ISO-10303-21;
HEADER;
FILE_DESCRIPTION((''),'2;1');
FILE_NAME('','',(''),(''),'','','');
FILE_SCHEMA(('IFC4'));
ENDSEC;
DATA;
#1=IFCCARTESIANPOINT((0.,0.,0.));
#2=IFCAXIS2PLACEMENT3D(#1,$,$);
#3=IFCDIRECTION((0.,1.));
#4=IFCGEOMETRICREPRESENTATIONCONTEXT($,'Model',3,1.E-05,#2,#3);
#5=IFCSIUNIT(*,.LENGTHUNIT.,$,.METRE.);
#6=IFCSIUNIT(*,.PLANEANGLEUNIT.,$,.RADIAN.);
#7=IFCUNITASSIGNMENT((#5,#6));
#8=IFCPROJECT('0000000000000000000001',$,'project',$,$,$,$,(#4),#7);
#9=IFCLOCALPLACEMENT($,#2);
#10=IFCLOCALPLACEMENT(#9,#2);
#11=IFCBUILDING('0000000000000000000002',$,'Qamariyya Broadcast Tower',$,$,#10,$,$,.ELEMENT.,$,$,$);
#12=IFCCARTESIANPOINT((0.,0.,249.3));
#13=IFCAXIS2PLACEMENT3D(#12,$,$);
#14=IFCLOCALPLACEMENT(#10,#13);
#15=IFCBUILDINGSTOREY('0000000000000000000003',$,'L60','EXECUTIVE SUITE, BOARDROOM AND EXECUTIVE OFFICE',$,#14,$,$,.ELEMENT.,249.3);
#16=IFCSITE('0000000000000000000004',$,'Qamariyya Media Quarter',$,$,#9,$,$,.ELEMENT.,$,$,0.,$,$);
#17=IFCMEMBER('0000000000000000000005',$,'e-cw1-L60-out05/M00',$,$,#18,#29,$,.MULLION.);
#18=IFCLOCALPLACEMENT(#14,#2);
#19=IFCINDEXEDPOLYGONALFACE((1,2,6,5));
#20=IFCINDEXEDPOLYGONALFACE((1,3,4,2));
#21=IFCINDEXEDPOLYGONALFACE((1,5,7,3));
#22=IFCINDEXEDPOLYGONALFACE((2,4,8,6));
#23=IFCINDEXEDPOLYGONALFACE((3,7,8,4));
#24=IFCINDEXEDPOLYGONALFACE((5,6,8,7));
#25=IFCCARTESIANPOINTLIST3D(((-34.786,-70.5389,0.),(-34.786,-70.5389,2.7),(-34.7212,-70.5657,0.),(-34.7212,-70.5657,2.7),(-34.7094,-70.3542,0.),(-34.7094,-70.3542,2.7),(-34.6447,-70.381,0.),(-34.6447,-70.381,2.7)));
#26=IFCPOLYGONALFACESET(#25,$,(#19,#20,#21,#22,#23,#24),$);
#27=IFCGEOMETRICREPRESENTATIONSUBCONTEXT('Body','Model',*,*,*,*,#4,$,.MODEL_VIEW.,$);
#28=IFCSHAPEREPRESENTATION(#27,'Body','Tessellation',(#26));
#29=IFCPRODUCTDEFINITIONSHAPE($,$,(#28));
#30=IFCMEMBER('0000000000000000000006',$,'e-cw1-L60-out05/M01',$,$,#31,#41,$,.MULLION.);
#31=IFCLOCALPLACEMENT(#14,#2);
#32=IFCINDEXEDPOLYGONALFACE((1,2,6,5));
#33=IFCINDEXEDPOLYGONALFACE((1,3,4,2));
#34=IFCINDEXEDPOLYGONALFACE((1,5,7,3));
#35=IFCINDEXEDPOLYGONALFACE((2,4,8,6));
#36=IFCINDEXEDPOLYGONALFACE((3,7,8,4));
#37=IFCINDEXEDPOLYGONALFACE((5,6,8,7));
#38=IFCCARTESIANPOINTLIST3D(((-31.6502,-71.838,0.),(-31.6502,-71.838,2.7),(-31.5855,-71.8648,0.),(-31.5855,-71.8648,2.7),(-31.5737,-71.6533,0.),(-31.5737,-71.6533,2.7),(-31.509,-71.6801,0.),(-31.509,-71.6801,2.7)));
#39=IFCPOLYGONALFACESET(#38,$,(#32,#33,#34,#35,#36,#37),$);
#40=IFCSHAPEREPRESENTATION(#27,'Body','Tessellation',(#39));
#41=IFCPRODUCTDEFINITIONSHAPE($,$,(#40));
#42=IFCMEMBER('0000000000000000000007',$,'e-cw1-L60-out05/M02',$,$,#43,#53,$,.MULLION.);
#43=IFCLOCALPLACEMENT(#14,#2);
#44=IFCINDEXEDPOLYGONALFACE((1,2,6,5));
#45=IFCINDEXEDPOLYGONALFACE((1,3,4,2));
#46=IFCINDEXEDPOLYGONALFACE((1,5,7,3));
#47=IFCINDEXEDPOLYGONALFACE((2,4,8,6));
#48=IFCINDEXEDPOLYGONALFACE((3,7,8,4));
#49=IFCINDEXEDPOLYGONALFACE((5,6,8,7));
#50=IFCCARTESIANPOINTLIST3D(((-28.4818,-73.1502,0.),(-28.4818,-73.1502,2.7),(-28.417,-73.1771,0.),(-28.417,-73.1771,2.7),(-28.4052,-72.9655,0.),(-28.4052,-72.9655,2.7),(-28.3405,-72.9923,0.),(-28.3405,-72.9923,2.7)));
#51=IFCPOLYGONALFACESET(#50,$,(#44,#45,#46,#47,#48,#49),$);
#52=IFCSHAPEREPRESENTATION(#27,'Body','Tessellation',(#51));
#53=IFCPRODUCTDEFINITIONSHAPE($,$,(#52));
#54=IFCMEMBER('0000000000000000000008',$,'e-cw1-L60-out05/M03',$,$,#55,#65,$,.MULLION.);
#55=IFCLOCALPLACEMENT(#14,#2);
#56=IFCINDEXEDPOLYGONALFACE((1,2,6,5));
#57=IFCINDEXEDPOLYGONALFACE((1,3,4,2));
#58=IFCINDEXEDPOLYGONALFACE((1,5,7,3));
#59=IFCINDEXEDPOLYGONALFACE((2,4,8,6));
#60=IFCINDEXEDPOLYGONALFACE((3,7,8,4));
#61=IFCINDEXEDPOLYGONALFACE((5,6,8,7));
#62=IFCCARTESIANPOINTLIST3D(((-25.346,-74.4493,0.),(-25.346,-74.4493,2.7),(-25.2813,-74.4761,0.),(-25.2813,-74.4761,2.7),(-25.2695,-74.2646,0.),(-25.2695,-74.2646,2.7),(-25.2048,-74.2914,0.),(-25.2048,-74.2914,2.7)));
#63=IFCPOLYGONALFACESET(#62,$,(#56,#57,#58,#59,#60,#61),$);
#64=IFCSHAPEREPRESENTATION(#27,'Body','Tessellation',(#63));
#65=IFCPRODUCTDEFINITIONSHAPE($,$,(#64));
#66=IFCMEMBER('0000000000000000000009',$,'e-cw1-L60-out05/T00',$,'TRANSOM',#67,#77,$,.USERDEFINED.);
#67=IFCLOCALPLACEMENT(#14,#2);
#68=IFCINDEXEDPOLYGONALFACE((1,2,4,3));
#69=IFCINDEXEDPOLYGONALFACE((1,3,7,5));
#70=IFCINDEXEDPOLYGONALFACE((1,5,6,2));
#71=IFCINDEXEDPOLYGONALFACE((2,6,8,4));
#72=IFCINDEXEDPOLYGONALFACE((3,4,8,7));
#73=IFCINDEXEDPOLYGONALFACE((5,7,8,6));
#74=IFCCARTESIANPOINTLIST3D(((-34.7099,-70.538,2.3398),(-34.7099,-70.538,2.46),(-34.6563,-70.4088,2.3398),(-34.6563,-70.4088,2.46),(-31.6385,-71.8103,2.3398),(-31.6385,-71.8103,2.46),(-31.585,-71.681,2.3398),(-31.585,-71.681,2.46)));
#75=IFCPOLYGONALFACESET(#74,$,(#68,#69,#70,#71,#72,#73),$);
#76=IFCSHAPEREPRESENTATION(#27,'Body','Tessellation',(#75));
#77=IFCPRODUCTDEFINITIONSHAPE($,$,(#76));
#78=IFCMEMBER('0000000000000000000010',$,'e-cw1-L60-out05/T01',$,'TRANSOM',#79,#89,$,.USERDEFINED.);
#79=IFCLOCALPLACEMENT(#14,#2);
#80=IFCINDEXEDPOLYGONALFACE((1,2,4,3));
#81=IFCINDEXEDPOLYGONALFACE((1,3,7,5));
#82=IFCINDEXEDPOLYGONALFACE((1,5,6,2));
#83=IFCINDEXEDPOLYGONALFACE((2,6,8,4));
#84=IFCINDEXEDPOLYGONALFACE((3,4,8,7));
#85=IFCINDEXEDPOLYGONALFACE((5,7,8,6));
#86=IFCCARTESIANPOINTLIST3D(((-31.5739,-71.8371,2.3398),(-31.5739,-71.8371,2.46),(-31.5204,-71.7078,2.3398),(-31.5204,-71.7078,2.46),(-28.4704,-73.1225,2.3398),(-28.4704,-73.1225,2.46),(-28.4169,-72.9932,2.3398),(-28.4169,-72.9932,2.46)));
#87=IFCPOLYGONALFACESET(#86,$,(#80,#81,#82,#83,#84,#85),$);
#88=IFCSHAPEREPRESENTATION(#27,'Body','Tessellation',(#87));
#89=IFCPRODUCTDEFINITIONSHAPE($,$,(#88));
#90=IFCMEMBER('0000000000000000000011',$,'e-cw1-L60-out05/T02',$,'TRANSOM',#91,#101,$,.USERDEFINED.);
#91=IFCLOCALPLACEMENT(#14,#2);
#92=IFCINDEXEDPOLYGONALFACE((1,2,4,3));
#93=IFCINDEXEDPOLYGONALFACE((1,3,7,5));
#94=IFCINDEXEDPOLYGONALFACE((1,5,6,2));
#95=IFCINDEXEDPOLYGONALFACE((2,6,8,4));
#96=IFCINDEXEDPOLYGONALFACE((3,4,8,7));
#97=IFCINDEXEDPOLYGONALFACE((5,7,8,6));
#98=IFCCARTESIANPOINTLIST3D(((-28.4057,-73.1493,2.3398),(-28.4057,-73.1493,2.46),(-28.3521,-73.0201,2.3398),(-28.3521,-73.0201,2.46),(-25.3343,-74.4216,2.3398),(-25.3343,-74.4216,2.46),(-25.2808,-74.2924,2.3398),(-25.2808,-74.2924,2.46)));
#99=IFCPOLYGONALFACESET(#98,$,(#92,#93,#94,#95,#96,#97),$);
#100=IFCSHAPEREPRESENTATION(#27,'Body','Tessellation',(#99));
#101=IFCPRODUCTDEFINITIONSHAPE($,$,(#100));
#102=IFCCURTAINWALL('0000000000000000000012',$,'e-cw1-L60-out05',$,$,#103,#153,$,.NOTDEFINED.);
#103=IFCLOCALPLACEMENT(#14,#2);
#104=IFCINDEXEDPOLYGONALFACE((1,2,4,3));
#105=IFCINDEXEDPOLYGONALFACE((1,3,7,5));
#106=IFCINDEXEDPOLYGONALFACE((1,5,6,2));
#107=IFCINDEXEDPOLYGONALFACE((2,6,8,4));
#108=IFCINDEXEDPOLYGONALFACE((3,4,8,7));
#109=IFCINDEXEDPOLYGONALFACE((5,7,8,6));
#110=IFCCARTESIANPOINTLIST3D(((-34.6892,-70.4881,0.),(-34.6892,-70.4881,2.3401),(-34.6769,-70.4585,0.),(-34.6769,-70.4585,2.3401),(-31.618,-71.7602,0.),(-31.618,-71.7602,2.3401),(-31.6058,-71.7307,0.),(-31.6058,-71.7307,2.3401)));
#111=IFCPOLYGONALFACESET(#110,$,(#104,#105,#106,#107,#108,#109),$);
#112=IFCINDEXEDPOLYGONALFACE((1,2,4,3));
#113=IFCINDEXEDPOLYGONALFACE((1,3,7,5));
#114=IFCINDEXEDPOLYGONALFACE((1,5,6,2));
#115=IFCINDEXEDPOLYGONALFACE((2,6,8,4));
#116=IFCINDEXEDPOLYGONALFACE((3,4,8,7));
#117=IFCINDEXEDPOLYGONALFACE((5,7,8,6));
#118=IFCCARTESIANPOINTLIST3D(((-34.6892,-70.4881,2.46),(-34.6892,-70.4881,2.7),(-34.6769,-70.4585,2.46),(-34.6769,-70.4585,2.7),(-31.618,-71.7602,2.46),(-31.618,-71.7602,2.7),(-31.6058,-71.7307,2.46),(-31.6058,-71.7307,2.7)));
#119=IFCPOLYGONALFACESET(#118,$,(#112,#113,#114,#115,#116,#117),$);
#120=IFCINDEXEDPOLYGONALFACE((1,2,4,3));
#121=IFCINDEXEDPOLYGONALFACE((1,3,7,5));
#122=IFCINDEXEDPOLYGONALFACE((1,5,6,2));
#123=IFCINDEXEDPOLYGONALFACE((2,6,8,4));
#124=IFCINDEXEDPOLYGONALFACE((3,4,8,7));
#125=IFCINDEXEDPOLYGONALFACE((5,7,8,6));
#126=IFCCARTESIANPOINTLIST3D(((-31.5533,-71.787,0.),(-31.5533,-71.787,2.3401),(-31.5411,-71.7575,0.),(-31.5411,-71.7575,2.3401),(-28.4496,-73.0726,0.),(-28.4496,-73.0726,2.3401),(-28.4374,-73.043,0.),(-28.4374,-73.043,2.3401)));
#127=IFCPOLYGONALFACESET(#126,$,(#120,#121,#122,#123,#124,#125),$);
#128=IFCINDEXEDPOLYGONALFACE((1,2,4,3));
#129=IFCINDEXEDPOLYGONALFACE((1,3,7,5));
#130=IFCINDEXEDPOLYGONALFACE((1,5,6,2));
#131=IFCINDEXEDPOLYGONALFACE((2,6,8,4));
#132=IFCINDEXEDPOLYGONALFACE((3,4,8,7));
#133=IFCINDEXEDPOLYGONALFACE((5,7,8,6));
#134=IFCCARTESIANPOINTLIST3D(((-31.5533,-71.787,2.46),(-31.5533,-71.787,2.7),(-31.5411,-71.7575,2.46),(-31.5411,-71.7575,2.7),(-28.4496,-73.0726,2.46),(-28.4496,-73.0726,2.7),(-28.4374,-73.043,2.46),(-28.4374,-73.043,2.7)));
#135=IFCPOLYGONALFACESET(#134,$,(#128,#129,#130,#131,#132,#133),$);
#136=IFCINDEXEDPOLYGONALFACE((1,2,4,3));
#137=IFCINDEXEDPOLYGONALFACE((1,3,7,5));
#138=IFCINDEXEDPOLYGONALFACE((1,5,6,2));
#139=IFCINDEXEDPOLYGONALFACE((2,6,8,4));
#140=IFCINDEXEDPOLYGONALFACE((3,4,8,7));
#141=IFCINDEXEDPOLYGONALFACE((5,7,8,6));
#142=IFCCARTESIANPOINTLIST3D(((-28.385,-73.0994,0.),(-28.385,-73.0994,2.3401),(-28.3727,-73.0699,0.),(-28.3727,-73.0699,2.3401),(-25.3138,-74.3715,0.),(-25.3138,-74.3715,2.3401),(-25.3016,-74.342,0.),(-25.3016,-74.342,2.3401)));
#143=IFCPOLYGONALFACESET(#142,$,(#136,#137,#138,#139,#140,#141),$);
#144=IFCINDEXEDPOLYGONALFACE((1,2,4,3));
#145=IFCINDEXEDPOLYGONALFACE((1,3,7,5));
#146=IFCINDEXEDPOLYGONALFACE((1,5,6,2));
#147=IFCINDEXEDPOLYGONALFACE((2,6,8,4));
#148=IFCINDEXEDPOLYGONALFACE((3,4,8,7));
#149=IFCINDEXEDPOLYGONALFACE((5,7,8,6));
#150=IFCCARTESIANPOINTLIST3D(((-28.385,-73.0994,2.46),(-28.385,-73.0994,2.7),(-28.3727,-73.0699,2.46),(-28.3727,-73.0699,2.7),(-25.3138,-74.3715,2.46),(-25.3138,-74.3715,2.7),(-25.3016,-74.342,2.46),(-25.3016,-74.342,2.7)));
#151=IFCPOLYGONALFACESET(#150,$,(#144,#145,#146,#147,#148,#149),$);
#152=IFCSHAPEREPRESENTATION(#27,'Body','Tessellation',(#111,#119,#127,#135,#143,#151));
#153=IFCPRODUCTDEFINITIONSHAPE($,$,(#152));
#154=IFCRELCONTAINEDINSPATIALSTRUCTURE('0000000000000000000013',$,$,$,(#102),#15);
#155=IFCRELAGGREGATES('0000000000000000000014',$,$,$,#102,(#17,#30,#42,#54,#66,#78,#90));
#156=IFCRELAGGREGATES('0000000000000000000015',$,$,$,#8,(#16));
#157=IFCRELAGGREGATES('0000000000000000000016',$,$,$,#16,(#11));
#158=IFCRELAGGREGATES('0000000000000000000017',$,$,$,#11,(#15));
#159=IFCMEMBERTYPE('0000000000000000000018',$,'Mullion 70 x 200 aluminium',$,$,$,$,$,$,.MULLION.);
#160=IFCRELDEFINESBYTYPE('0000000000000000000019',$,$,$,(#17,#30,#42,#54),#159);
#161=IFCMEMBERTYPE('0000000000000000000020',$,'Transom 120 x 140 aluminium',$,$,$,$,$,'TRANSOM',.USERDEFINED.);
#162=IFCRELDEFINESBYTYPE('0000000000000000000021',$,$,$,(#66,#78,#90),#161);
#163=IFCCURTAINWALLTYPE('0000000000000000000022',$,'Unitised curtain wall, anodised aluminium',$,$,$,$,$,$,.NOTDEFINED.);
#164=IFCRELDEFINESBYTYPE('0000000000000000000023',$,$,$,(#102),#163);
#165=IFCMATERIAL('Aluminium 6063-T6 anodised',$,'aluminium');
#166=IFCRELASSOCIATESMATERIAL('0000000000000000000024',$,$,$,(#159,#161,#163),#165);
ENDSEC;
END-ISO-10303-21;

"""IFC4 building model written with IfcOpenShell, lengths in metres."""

from ifc_helpers import new_model, si_unit, direction, frame, origin, origin_2d, place, context, subcontext, project, spatial, rectangle, extrude, material, material_profile, profile_set, type_object, element, aggregate, save


model = new_model("IFC4")

# Units and contexts
model_context = context("Model", 3, precision=1e-05, world=origin(), true_north=direction((0.0, 1.0)))
body_context = subcontext(model_context, "Body", "Model", "MODEL_VIEW")
ifc_project = project(units=[si_unit("LENGTHUNIT", "METRE"), si_unit("PLANEANGLEUNIT", "RADIAN")], contexts=[model_context])

# Members
ifc_material = material(Name="Aluminium 6063-T6 anodised", Category="aluminium")
ifc_material_profile_1 = material_profile(ifc_material, rectangle(XDim=0.2, YDim=0.0701, at=origin_2d()))
ifc_profile_set_1 = profile_set([ifc_material_profile_1], Name="Aluminium 6063-T6 anodised")
member_type_1 = type_object("IfcMemberType", Name="Mullion 70 x 200 aluminium", PredefinedType="MULLION", material=ifc_profile_set_1)
site_placement = place(None, origin())
building_placement = place(site_placement, origin())
storey_placement = place(building_placement, frame((0.0, 0.0, 249.3)))
member_1_placement = place(storey_placement, frame((-34.7153, -70.46, 0.0), z_axis=(0.0, 0.0, 1.0), x_axis=(0.382683, 0.92388, 0.0)))
member_1 = element("IfcMember", 1, at=member_1_placement, type_object=member_type_1, Name="e-cw1-L60-out05/M00", PredefinedType="MULLION", context=body_context, shape_type="SweptSolid", body=[
    extrude(rectangle(XDim=0.2, YDim=0.0701, at=origin_2d()), origin(), (0.0, 0.0, 1.0), 2.7),
])
member_2_placement = place(storey_placement, frame((-31.5796, -71.759, 0.0), z_axis=(0.0, 0.0, 1.0), x_axis=(0.382683, 0.92388, 0.0)))
member_2 = element("IfcMember", 2, at=member_2_placement, type_object=member_type_1, Name="e-cw1-L60-out05/M01", PredefinedType="MULLION", context=body_context, shape_type="SweptSolid", body=[
    extrude(rectangle(XDim=0.2, YDim=0.0701, at=origin_2d()), origin(), (0.0, 0.0, 1.0), 2.7),
])
member_3_placement = place(storey_placement, frame((-28.4111, -73.0713, 0.0), z_axis=(0.0, 0.0, 1.0), x_axis=(0.382683, 0.92388, 0.0)))
member_3 = element("IfcMember", 3, at=member_3_placement, type_object=member_type_1, Name="e-cw1-L60-out05/M02", PredefinedType="MULLION", context=body_context, shape_type="SweptSolid", body=[
    extrude(rectangle(XDim=0.2, YDim=0.0701, at=origin_2d()), origin(), (0.0, 0.0, 1.0), 2.7),
])
member_4_placement = place(storey_placement, frame((-25.2754, -74.3704, 0.0), z_axis=(0.0, 0.0, 1.0), x_axis=(0.382683, 0.92388, 0.0)))
member_4 = element("IfcMember", 4, at=member_4_placement, type_object=member_type_1, Name="e-cw1-L60-out05/M03", PredefinedType="MULLION", context=body_context, shape_type="SweptSolid", body=[
    extrude(rectangle(XDim=0.2, YDim=0.0701, at=origin_2d()), origin(), (0.0, 0.0, 1.0), 2.7),
])
ifc_material_profile_2 = material_profile(ifc_material, rectangle(XDim=0.1399, YDim=0.1201, at=origin_2d()))
ifc_profile_set_2 = profile_set([ifc_material_profile_2], Name="Aluminium 6063-T6 anodised")
member_type_2 = type_object("IfcMemberType", Name="Transom 120 x 140 aluminium", ElementType="TRANSOM", PredefinedType="USERDEFINED", material=ifc_profile_set_2)
member_5_placement = place(storey_placement, frame((-34.6831, -70.4734, 2.3999), z_axis=(0.923875, -0.382696, 0.0), x_axis=(0.382696, 0.923875, 0.0)))
member_5 = element("IfcMember", 5, at=member_5_placement, type_object=member_type_2, Name="e-cw1-L60-out05/T00", ObjectType="TRANSOM", PredefinedType="USERDEFINED", context=body_context, shape_type="SweptSolid", body=[
    extrude(rectangle(XDim=0.1399, YDim=0.1201, at=origin_2d()), origin(), (0.0, 0.0, 1.0), 3.3245),
])
member_6_placement = place(storey_placement, frame((-31.5471, -71.7725, 2.3999), z_axis=(0.923892, -0.382653, 0.0), x_axis=(0.382653, 0.923892, 0.0)))
member_6 = element("IfcMember", 6, at=member_6_placement, type_object=member_type_2, Name="e-cw1-L60-out05/T01", ObjectType="TRANSOM", PredefinedType="USERDEFINED", context=body_context, shape_type="SweptSolid", body=[
    extrude(rectangle(XDim=0.1399, YDim=0.1201, at=origin_2d()), origin(), (0.0, 0.0, 1.0), 3.3591),
])
member_7_placement = place(storey_placement, frame((-28.3789, -73.0847, 2.3999), z_axis=(0.923875, -0.382696, 0.0), x_axis=(0.382696, 0.923875, 0.0)))
member_7 = element("IfcMember", 7, at=member_7_placement, type_object=member_type_2, Name="e-cw1-L60-out05/T02", ObjectType="TRANSOM", PredefinedType="USERDEFINED", context=body_context, shape_type="SweptSolid", body=[
    extrude(rectangle(XDim=0.1399, YDim=0.1201, at=origin_2d()), origin(), (0.0, 0.0, 1.0), 3.3245),
])

# Site, building, storey
site = spatial("IfcSite", under=ifc_project, at=site_placement, Name="Qamariyya Media Quarter", CompositionType="ELEMENT", RefElevation=0.0)
building = spatial("IfcBuilding", under=site, at=building_placement, Name="Qamariyya Broadcast Tower", CompositionType="ELEMENT")
storey = spatial("IfcBuildingStorey", under=building, at=storey_placement, Name="L60", Description="EXECUTIVE SUITE, BOARDROOM AND EXECUTIVE OFFICE", CompositionType="ELEMENT", Elevation=249.3)

# Curtain wall
curtain_wall_type = type_object("IfcCurtainWallType", Name="Unitised curtain wall, anodised aluminium", PredefinedType="NOTDEFINED", material=ifc_material)
curtain_wall_1_placement = place(storey_placement, origin())
curtain_wall_1 = element("IfcCurtainWall", 8, at=curtain_wall_1_placement, inside=storey, type_object=curtain_wall_type, Name="e-cw1-L60-out05", PredefinedType="NOTDEFINED", context=body_context, shape_type="SweptSolid", body=[
    extrude(rectangle(XDim=3.3242, YDim=0.032, at=origin_2d()), frame((-33.1475, -71.1094, 0.0), x_axis=(0.923881, -0.38268, 0.0)), (0.0, 0.0, 1.0), 2.3401),
    extrude(rectangle(XDim=3.3242, YDim=0.032, at=origin_2d()), frame((-33.1475, -71.1094, 2.46), x_axis=(0.923881, -0.38268, 0.0)), (0.0, 0.0, 1.0), 0.24),
    extrude(rectangle(XDim=3.3594, YDim=0.032, at=origin_2d()), frame((-29.9954, -72.415, 0.0), x_axis=(0.923881, -0.38268, 0.0)), (0.0, 0.0, 1.0), 2.3401),
    extrude(rectangle(XDim=3.3594, YDim=0.032, at=origin_2d()), frame((-29.9954, -72.415, 2.46), x_axis=(0.923881, -0.38268, 0.0)), (0.0, 0.0, 1.0), 0.24),
    extrude(rectangle(XDim=3.3242, YDim=0.032, at=origin_2d()), frame((-26.8433, -73.7207, 0.0), x_axis=(0.923881, -0.38268, 0.0)), (0.0, 0.0, 1.0), 2.3401),
    extrude(rectangle(XDim=3.3242, YDim=0.032, at=origin_2d()), frame((-26.8433, -73.7207, 2.46), x_axis=(0.923881, -0.38268, 0.0)), (0.0, 0.0, 1.0), 0.24),
])
aggregate(curtain_wall_1, [member_1, member_2, member_3, member_4, member_5, member_6, member_7])

save(model, "model.ifc")
